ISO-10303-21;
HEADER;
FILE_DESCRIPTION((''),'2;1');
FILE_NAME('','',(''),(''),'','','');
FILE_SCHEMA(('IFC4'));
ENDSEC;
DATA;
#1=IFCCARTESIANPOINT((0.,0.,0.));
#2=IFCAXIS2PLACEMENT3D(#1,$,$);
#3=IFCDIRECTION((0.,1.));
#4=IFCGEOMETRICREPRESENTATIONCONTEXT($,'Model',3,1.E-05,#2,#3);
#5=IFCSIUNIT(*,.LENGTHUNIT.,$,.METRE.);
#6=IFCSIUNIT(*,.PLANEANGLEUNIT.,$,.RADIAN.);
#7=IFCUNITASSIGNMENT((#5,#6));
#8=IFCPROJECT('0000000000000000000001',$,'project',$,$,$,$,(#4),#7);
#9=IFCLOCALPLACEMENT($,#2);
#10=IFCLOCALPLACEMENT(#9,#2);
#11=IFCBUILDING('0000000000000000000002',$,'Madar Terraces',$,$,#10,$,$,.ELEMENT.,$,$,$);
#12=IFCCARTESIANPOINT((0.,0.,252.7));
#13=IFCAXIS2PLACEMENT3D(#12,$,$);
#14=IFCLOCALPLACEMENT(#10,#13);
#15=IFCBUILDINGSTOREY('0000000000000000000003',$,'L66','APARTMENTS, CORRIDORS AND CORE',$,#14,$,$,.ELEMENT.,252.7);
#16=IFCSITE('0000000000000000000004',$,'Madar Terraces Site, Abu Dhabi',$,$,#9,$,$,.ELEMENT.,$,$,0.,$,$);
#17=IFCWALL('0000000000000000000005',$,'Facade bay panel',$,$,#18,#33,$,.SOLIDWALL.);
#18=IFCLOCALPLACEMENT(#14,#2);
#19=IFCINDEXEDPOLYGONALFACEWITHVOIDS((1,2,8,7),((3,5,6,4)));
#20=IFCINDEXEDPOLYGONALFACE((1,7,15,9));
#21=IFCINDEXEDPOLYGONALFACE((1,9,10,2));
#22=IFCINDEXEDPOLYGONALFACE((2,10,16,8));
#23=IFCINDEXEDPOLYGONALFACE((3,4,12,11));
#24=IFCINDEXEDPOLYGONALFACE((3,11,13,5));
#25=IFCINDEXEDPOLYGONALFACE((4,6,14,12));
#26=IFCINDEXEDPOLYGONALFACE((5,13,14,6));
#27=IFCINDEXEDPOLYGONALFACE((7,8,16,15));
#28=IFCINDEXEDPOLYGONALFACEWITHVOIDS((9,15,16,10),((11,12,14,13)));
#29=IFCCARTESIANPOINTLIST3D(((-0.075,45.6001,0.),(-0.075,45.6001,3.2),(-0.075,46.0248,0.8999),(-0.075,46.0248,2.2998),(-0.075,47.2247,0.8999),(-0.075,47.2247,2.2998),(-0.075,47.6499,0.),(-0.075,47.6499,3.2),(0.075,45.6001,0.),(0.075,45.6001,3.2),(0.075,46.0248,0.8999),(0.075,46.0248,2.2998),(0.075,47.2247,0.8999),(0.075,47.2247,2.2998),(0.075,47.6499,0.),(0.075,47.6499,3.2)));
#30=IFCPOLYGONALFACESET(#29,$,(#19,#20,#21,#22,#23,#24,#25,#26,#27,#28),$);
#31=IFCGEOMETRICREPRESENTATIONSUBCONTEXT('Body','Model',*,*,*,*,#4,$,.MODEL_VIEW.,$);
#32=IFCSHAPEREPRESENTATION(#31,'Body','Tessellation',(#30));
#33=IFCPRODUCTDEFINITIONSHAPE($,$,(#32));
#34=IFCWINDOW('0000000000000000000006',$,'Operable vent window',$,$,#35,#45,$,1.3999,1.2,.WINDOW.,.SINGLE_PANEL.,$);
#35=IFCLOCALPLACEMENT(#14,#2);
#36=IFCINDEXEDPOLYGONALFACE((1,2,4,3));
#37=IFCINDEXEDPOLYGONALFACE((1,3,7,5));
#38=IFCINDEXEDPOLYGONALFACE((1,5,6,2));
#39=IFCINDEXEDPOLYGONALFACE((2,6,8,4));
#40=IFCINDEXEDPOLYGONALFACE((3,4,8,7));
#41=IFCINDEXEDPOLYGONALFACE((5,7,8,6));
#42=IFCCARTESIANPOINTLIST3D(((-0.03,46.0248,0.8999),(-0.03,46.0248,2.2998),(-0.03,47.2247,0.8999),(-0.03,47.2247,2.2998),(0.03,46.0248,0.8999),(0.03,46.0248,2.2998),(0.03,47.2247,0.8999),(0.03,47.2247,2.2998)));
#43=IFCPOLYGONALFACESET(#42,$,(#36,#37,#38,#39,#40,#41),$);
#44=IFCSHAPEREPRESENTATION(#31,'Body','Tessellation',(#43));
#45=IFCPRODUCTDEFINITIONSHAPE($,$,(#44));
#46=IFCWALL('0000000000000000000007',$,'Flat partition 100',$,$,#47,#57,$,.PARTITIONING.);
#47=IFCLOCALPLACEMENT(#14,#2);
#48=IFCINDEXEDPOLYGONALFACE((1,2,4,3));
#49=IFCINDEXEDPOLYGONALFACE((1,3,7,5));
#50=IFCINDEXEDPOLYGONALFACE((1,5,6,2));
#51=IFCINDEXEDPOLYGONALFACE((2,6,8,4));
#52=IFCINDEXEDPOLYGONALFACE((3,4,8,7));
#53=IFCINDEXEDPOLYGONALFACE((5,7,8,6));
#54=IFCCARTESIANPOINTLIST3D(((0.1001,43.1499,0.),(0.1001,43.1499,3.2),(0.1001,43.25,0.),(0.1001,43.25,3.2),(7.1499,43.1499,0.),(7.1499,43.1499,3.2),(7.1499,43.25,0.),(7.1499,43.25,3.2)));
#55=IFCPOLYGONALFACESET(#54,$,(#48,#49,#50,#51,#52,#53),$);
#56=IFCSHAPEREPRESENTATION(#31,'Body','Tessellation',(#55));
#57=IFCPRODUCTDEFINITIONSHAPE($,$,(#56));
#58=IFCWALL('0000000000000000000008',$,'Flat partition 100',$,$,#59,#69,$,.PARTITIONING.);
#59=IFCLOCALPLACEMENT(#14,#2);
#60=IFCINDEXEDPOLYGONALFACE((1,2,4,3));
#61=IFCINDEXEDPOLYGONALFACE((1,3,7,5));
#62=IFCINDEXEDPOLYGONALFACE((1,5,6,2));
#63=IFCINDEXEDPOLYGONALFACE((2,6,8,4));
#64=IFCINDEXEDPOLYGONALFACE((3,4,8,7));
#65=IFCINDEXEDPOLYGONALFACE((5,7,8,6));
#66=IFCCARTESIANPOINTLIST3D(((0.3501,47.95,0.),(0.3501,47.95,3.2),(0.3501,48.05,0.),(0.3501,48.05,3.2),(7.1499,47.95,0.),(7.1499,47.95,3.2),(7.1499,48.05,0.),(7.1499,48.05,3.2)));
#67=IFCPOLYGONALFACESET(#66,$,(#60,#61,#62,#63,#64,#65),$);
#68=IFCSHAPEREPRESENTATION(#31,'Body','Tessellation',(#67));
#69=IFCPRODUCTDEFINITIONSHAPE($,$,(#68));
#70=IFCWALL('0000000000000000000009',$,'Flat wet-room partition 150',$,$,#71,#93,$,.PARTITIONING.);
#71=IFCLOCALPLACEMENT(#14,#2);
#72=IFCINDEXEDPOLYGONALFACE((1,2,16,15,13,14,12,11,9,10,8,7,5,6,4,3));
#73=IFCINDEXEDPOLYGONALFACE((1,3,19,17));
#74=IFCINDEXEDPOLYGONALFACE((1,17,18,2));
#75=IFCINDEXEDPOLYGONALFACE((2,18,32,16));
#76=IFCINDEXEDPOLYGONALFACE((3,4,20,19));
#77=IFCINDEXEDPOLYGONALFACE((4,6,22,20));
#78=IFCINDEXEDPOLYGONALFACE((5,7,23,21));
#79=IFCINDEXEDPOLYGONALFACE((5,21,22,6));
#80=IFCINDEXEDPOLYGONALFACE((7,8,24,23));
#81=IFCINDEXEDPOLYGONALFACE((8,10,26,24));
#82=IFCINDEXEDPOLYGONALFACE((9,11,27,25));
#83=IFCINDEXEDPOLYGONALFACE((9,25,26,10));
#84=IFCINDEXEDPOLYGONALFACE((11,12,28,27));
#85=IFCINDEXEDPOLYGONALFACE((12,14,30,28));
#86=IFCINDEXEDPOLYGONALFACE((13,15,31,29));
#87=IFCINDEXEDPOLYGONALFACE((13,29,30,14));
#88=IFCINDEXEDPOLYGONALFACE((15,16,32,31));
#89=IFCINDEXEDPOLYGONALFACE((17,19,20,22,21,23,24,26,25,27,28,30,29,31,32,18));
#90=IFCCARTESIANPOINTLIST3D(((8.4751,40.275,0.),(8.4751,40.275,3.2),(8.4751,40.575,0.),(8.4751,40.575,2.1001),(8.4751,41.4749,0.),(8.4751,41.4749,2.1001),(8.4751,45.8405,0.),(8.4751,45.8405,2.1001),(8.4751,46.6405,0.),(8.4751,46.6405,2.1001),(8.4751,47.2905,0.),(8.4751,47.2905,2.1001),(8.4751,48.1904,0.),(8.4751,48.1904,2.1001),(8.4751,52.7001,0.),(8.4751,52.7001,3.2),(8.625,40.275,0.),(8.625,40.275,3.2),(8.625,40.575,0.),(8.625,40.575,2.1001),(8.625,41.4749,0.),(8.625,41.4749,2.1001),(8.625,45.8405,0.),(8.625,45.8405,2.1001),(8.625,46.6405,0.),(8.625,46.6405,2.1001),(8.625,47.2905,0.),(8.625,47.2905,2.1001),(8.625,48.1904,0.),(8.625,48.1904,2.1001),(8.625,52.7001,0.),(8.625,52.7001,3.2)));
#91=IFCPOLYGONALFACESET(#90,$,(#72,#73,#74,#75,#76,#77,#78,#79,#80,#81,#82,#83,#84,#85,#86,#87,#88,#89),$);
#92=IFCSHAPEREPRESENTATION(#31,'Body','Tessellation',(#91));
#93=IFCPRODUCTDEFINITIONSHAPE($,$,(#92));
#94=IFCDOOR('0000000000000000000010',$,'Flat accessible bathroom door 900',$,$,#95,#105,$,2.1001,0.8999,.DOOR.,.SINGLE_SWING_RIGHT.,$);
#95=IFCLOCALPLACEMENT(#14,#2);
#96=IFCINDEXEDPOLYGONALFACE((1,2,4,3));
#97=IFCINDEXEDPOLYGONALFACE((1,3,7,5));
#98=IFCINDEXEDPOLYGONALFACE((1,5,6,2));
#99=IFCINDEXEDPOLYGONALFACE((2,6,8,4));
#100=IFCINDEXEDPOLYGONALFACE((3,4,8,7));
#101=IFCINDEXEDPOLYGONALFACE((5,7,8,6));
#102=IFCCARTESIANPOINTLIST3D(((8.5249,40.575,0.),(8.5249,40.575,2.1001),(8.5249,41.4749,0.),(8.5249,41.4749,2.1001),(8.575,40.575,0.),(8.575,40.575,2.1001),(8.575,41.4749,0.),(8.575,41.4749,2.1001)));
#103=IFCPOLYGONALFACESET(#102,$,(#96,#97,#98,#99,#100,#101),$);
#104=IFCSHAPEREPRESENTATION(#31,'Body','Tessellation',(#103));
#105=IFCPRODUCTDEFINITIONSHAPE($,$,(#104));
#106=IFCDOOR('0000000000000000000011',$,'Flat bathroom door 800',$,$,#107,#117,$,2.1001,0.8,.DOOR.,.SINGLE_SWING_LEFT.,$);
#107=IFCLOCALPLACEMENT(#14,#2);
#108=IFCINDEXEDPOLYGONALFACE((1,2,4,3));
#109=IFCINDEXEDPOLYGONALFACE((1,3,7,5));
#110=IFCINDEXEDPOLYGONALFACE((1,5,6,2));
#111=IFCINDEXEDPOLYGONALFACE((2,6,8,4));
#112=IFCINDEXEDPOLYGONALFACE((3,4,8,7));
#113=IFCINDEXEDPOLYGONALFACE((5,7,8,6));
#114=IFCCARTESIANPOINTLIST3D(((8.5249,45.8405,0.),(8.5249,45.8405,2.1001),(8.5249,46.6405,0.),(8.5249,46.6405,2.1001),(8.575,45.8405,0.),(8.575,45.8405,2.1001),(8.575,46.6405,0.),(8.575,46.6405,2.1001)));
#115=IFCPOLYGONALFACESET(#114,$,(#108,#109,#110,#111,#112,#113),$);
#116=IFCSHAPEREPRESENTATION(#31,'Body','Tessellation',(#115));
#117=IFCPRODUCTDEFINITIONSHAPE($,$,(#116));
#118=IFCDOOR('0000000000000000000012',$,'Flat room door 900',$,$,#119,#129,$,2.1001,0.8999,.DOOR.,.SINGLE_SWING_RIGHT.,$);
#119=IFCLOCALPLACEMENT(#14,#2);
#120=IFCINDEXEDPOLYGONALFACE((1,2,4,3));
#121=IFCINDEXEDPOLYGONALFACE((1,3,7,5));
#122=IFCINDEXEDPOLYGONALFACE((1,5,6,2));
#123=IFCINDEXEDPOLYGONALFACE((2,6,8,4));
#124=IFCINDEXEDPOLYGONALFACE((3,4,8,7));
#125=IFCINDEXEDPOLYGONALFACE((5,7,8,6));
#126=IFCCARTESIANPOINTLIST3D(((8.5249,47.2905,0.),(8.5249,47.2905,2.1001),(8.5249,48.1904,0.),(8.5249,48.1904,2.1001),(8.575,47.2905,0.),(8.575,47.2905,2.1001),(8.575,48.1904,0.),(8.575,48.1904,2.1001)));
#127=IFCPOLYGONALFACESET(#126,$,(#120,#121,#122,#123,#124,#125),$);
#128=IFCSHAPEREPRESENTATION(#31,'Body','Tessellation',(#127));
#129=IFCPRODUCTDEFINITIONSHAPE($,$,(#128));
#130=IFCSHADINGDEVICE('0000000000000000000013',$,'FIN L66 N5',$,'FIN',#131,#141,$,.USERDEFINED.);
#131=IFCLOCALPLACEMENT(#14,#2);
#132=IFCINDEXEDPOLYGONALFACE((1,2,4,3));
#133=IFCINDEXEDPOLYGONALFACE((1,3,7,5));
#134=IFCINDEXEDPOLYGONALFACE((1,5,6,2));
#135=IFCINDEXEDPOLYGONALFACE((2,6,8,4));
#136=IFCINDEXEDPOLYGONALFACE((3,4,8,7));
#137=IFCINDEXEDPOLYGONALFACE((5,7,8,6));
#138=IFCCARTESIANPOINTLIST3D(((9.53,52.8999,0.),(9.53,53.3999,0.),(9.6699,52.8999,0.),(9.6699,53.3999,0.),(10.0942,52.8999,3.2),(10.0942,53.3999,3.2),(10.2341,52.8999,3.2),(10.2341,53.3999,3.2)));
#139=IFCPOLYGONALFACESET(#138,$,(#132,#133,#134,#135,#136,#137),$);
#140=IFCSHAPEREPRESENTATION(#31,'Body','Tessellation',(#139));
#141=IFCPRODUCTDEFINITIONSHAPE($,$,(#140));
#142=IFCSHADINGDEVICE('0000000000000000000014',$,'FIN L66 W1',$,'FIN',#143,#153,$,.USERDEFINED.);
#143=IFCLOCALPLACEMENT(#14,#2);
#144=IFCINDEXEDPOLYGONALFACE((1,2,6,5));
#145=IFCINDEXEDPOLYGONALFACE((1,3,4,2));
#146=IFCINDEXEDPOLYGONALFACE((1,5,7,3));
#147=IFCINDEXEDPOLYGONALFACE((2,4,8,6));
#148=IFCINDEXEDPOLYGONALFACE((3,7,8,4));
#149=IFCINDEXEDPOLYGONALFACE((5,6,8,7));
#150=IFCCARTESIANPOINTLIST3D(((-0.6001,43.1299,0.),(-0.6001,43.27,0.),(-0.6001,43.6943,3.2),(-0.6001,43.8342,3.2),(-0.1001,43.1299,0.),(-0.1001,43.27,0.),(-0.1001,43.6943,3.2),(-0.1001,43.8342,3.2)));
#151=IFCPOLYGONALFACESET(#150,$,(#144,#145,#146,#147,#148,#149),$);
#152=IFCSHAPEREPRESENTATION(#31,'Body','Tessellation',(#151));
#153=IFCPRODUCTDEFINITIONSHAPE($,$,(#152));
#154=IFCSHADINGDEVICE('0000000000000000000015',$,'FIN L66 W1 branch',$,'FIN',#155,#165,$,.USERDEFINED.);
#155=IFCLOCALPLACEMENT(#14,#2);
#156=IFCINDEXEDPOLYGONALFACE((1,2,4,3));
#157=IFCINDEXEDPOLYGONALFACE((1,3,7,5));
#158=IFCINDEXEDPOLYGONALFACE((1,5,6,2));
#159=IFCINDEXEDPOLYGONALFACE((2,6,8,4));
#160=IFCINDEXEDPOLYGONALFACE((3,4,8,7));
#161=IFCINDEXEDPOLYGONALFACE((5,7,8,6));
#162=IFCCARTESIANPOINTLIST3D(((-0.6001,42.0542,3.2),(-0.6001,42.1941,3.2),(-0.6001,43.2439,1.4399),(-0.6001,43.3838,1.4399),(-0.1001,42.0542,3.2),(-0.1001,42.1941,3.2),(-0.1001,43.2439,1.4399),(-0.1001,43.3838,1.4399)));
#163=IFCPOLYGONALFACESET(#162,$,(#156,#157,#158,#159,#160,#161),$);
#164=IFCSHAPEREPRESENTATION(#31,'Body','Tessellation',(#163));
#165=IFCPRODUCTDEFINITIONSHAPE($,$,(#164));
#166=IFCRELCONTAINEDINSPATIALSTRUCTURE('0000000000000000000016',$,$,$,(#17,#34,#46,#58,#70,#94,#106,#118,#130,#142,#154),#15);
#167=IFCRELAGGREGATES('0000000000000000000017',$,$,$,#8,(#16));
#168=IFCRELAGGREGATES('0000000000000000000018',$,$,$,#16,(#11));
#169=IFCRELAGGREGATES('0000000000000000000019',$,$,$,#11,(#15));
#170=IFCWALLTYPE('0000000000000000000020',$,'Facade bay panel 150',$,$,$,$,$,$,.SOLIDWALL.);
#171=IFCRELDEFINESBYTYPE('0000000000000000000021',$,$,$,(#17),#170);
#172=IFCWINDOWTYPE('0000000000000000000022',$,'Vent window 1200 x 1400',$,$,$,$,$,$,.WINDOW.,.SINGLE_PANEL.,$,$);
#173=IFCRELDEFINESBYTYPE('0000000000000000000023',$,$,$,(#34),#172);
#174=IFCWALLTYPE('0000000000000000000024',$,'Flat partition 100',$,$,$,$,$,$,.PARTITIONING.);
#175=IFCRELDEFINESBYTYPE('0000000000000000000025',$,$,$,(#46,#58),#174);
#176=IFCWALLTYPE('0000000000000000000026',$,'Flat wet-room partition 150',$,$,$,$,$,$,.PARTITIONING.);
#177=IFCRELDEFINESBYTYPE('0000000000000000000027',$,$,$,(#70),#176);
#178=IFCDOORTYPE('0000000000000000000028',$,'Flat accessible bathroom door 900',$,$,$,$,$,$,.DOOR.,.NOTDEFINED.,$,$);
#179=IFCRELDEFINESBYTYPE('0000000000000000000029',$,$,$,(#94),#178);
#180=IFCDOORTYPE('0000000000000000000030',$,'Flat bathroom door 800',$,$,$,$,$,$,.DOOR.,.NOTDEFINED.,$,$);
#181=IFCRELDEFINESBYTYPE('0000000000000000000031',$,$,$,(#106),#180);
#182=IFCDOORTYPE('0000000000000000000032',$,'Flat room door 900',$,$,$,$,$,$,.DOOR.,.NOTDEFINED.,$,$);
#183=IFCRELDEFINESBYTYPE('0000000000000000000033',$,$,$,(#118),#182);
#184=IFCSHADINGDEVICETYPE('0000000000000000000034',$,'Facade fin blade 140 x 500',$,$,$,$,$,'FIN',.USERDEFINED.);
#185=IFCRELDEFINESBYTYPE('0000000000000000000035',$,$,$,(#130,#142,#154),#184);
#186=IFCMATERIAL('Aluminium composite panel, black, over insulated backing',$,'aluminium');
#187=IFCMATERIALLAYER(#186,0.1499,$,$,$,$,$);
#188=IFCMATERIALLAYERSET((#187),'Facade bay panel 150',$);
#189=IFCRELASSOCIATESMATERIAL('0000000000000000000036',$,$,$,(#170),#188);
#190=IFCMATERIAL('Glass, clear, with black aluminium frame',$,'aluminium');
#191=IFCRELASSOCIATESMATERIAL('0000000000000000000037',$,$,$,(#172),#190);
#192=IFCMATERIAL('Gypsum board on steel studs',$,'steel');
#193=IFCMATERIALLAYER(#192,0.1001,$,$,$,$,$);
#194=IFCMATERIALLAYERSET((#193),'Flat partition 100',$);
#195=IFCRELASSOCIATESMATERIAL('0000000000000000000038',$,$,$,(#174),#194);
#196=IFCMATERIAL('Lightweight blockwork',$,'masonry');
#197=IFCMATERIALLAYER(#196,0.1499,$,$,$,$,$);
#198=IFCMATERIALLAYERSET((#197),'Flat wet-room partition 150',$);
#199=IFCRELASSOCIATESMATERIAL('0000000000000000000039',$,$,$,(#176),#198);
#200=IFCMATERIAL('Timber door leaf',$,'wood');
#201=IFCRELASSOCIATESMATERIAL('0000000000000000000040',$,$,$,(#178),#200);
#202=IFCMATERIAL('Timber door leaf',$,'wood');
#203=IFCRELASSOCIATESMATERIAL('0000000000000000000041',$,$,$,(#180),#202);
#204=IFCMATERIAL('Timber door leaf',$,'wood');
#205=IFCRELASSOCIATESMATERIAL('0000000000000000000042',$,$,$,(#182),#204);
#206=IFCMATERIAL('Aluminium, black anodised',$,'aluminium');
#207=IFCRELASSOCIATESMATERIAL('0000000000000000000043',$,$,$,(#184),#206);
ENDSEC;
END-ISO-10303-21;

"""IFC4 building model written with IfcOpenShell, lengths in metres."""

from ifc_helpers import new_model, si_unit, direction, frame, frame_2d, origin, place, context, subcontext, project, spatial, polyline, rectangle, outline, extrude, material, layer, layer_set, type_object, element, fill, save


model = new_model("IFC4")

# Units and contexts
model_context = context("Model", 3, precision=1e-05, world=origin(), true_north=direction((0.0, 1.0)))
body_context = subcontext(model_context, "Body", "Model", "MODEL_VIEW")
ifc_project = project(units=[si_unit("LENGTHUNIT", "METRE"), si_unit("PLANEANGLEUNIT", "RADIAN")], contexts=[model_context])

# Site, building, storey
site_placement = place(None, origin())
site = spatial("IfcSite", under=ifc_project, at=site_placement, Name="Madar Terraces Site, Abu Dhabi", CompositionType="ELEMENT", RefElevation=0.0)
building_placement = place(site_placement, origin())
building = spatial("IfcBuilding", under=site, at=building_placement, Name="Madar Terraces", CompositionType="ELEMENT")
storey_placement = place(building_placement, frame((0.0, 0.0, 252.7)))
storey = spatial("IfcBuildingStorey", under=building, at=storey_placement, Name="L66", Description="APARTMENTS, CORRIDORS AND CORE", CompositionType="ELEMENT", Elevation=252.7)

# Wall, opening, window
ifc_material_1 = material(Name="Aluminium composite panel, black, over insulated backing", Category="aluminium")
ifc_layer_1 = layer(ifc_material_1, 0.1499)
ifc_layer_set_1 = layer_set([ifc_layer_1], Name="Facade bay panel 150")
wall_type_1 = type_object("IfcWallType", Name="Facade bay panel 150", PredefinedType="SOLIDWALL", material=ifc_layer_set_1)
wall_1_placement = place(storey_placement, frame((0.0, 47.6499, 0.0), z_axis=(0.0, 0.0, 1.0), x_axis=(0.0, -1.0, 0.0)))
wall_1 = element("IfcWall", 1, at=wall_1_placement, inside=storey, type_object=wall_type_1, Name="Facade bay panel", PredefinedType="SOLIDWALL", context=body_context, shape_type="SweptSolid", body=[
    extrude(rectangle(XDim=2.0498, YDim=0.1499, at=frame_2d((1.0249, 0.0))), origin(), (0.0, 0.0, 1.0), 3.2),
])
opening_1_placement = place(wall_1_placement, frame((0.425, 0.0, 0.8999)))
opening_1 = element("IfcOpeningElement", 2, at=opening_1_placement, cuts=wall_1, PredefinedType="OPENING", context=body_context, shape_type="SweptSolid", body=[
    extrude(rectangle(XDim=1.2, YDim=1.3999, at=frame_2d((0.6001, 0.7))), frame((0.0, 0.085, 0.0), z_axis=(0.0, -1.0, 0.0), x_axis=(1.0, 0.0, 0.0)), (0.0, 0.0, 1.0), 0.1699),
])
ifc_material_2 = material(Name="Glass, clear, with black aluminium frame", Category="aluminium")
window_type = type_object("IfcWindowType", Name="Vent window 1200 x 1400", PartitioningType="SINGLE_PANEL", PredefinedType="WINDOW", material=ifc_material_2)
window_placement = place(opening_1_placement, origin())
window = element("IfcWindow", 3, at=window_placement, inside=storey, type_object=window_type, Name="Operable vent window", OverallHeight=1.3999, OverallWidth=1.2, PartitioningType="SINGLE_PANEL", PredefinedType="WINDOW", context=body_context, shape_type="SweptSolid", body=[
    extrude(rectangle(XDim=1.2, YDim=1.3999, at=frame_2d((0.6001, 0.7))), frame((0.0, 0.03, 0.0), z_axis=(0.0, -1.0, 0.0), x_axis=(1.0, 0.0, 0.0)), (0.0, 0.0, 1.0), 0.0601),
])
fill(opening_1, window)

# Walls
ifc_material_3 = material(Name="Gypsum board on steel studs", Category="steel")
ifc_layer_2 = layer(ifc_material_3, 0.1001)
ifc_layer_set_2 = layer_set([ifc_layer_2], Name="Flat partition 100")
wall_type_2 = type_object("IfcWallType", Name="Flat partition 100", PredefinedType="PARTITIONING", material=ifc_layer_set_2)
wall_2_placement = place(storey_placement, frame((7.1499, 43.2, 0.0), z_axis=(0.0, 0.0, 1.0), x_axis=(-1.0, 0.0, 0.0)))
element("IfcWall", 4, at=wall_2_placement, inside=storey, type_object=wall_type_2, Name="Flat partition 100", PredefinedType="PARTITIONING", context=body_context, shape_type="SweptSolid", body=[
    extrude(rectangle(XDim=7.0498, YDim=0.1001, at=frame_2d((3.5249, 0.0))), origin(), (0.0, 0.0, 1.0), 3.2),
])
wall_3_placement = place(storey_placement, frame((7.1499, 48.0, 0.0), z_axis=(0.0, 0.0, 1.0), x_axis=(-1.0, 0.0, 0.0)))
element("IfcWall", 5, at=wall_3_placement, inside=storey, type_object=wall_type_2, Name="Flat partition 100", PredefinedType="PARTITIONING", context=body_context, shape_type="SweptSolid", body=[
    extrude(rectangle(XDim=6.7998, YDim=0.1001, at=frame_2d((3.3999, 0.0))), origin(), (0.0, 0.0, 1.0), 3.2),
])

# Wall, openings, doors
ifc_material_4 = material(Name="Lightweight blockwork", Category="masonry")
ifc_layer_3 = layer(ifc_material_4, 0.1499)
ifc_layer_set_3 = layer_set([ifc_layer_3], Name="Flat wet-room partition 150")
wall_type_3 = type_object("IfcWallType", Name="Flat wet-room partition 150", PredefinedType="PARTITIONING", material=ifc_layer_set_3)
wall_4_placement = place(storey_placement, frame((8.55, 52.7, 0.0), z_axis=(0.0, 0.0, 1.0), x_axis=(0.0, -1.0, 0.0)))
wall_4 = element("IfcWall", 6, at=wall_4_placement, inside=storey, type_object=wall_type_3, Name="Flat wet-room partition 150", PredefinedType="PARTITIONING", context=body_context, shape_type="SweptSolid", body=[
    extrude(rectangle(XDim=12.425, YDim=0.1499, at=frame_2d((6.2124, 0.0))), origin(), (0.0, 0.0, 1.0), 3.2),
])
opening_2_placement = place(wall_4_placement, frame((11.2251, 0.0, 0.0)))
opening_2 = element("IfcOpeningElement", 7, at=opening_2_placement, cuts=wall_4, PredefinedType="OPENING", context=body_context, shape_type="SweptSolid", body=[
    extrude(rectangle(XDim=0.8999, YDim=2.1001, at=frame_2d((0.45, 1.05))), frame((0.0, 0.085, 0.0), z_axis=(0.0, -1.0, 0.0), x_axis=(1.0, 0.0, 0.0)), (0.0, 0.0, 1.0), 0.1699),
])
opening_3_placement = place(wall_4_placement, frame((6.0596, 0.0, 0.0)))
opening_3 = element("IfcOpeningElement", 8, at=opening_3_placement, cuts=wall_4, PredefinedType="OPENING", context=body_context, shape_type="SweptSolid", body=[
    extrude(rectangle(XDim=0.8, YDim=2.1001, at=frame_2d((0.3999, 1.05))), frame((0.0, 0.085, 0.0), z_axis=(0.0, -1.0, 0.0), x_axis=(1.0, 0.0, 0.0)), (0.0, 0.0, 1.0), 0.1699),
])
opening_4_placement = place(wall_4_placement, frame((4.5095, 0.0, 0.0)))
opening_4 = element("IfcOpeningElement", 9, at=opening_4_placement, cuts=wall_4, PredefinedType="OPENING", context=body_context, shape_type="SweptSolid", body=[
    extrude(rectangle(XDim=0.8999, YDim=2.1001, at=frame_2d((0.45, 1.05))), frame((0.0, 0.085, 0.0), z_axis=(0.0, -1.0, 0.0), x_axis=(1.0, 0.0, 0.0)), (0.0, 0.0, 1.0), 0.1699),
])
ifc_material_5 = material(Name="Timber door leaf", Category="wood")
door_type_1 = type_object("IfcDoorType", Name="Flat accessible bathroom door 900", OperationType="NOTDEFINED", PredefinedType="DOOR", material=ifc_material_5)
door_1_placement = place(opening_2_placement, origin())
door_1 = element("IfcDoor", 10, at=door_1_placement, inside=storey, type_object=door_type_1, Name="Flat accessible bathroom door 900", OperationType="SINGLE_SWING_RIGHT", OverallHeight=2.1001, OverallWidth=0.8999, PredefinedType="DOOR", context=body_context, shape_type="SweptSolid", body=[
    extrude(rectangle(XDim=0.8999, YDim=2.1001, at=frame_2d((0.45, 1.05))), frame((0.0, 0.0249, 0.0), z_axis=(0.0, -1.0, 0.0), x_axis=(1.0, 0.0, 0.0)), (0.0, 0.0, 1.0), 0.05),
])
fill(opening_2, door_1)
ifc_material_6 = material(Name="Timber door leaf", Category="wood")
door_type_2 = type_object("IfcDoorType", Name="Flat bathroom door 800", OperationType="NOTDEFINED", PredefinedType="DOOR", material=ifc_material_6)
door_2_placement = place(opening_3_placement, origin())
door_2 = element("IfcDoor", 11, at=door_2_placement, inside=storey, type_object=door_type_2, Name="Flat bathroom door 800", OperationType="SINGLE_SWING_LEFT", OverallHeight=2.1001, OverallWidth=0.8, PredefinedType="DOOR", context=body_context, shape_type="SweptSolid", body=[
    extrude(rectangle(XDim=0.8, YDim=2.1001, at=frame_2d((0.3999, 1.05))), frame((0.0, 0.0249, 0.0), z_axis=(0.0, -1.0, 0.0), x_axis=(1.0, 0.0, 0.0)), (0.0, 0.0, 1.0), 0.05),
])
fill(opening_3, door_2)
ifc_material_7 = material(Name="Timber door leaf", Category="wood")
door_type_3 = type_object("IfcDoorType", Name="Flat room door 900", OperationType="NOTDEFINED", PredefinedType="DOOR", material=ifc_material_7)
door_3_placement = place(opening_4_placement, origin())
door_3 = element("IfcDoor", 12, at=door_3_placement, inside=storey, type_object=door_type_3, Name="Flat room door 900", OperationType="SINGLE_SWING_RIGHT", OverallHeight=2.1001, OverallWidth=0.8999, PredefinedType="DOOR", context=body_context, shape_type="SweptSolid", body=[
    extrude(rectangle(XDim=0.8999, YDim=2.1001, at=frame_2d((0.45, 1.05))), frame((0.0, 0.0249, 0.0), z_axis=(0.0, -1.0, 0.0), x_axis=(1.0, 0.0, 0.0)), (0.0, 0.0, 1.0), 0.05),
])
fill(opening_4, door_3)

# Shading devices
ifc_material_8 = material(Name="Aluminium, black anodised", Category="aluminium")
shading_device_type = type_object("IfcShadingDeviceType", Name="Facade fin blade 140 x 500", ElementType="FIN", PredefinedType="USERDEFINED", material=ifc_material_8)
shading_device_1_placement = place(storey_placement, frame((9.6699, 53.1499, 0.0), z_axis=(0.0, 0.0, 1.0), x_axis=(-1.0, 0.0, 0.0)))
element("IfcShadingDevice", 13, at=shading_device_1_placement, inside=storey, type_object=shading_device_type, Name="FIN L66 N5", ObjectType="FIN", PredefinedType="USERDEFINED", context=body_context, shape_type="SweptSolid", body=[
    extrude(outline(polyline([(0.0, 0.0), (0.1399, 0.0), (-0.4243, 3.2), (-0.5642, 3.2), (0.0, 0.0)])), frame((0.0, 0.25, 0.0), z_axis=(0.0, -1.0, 0.0), x_axis=(1.0, 0.0, 0.0)), (0.0, 0.0, 1.0), 0.5),
])
shading_device_2_placement = place(storey_placement, frame((-0.3501, 43.27, 0.0), z_axis=(0.0, 0.0, 1.0), x_axis=(0.0, -1.0, 0.0)))
element("IfcShadingDevice", 14, at=shading_device_2_placement, inside=storey, type_object=shading_device_type, Name="FIN L66 W1", ObjectType="FIN", PredefinedType="USERDEFINED", context=body_context, shape_type="SweptSolid", body=[
    extrude(outline(polyline([(0.0, 0.0), (0.1401, 0.0), (-0.4243, 3.2), (-0.5642, 3.2), (0.0, 0.0)])), frame((0.0, 0.25, 0.0), z_axis=(0.0, -1.0, 0.0), x_axis=(1.0, 0.0, 0.0)), (0.0, 0.0, 1.0), 0.5),
])
shading_device_3_placement = place(storey_placement, frame((-0.3501, 43.3838, 1.4399), z_axis=(0.0, 0.0, 1.0), x_axis=(0.0, -1.0, 0.0)))
element("IfcShadingDevice", 15, at=shading_device_3_placement, inside=storey, type_object=shading_device_type, Name="FIN L66 W1 branch", ObjectType="FIN", PredefinedType="USERDEFINED", context=body_context, shape_type="SweptSolid", body=[
    extrude(outline(polyline([(0.0, 0.0), (0.1399, 0.0), (1.3296, 1.76), (1.1897, 1.76), (0.0, 0.0)])), frame((0.0, 0.25, 0.0), z_axis=(0.0, -1.0, 0.0), x_axis=(1.0, 0.0, 0.0)), (0.0, 0.0, 1.0), 0.5),
])

save(model, "model.ifc")
